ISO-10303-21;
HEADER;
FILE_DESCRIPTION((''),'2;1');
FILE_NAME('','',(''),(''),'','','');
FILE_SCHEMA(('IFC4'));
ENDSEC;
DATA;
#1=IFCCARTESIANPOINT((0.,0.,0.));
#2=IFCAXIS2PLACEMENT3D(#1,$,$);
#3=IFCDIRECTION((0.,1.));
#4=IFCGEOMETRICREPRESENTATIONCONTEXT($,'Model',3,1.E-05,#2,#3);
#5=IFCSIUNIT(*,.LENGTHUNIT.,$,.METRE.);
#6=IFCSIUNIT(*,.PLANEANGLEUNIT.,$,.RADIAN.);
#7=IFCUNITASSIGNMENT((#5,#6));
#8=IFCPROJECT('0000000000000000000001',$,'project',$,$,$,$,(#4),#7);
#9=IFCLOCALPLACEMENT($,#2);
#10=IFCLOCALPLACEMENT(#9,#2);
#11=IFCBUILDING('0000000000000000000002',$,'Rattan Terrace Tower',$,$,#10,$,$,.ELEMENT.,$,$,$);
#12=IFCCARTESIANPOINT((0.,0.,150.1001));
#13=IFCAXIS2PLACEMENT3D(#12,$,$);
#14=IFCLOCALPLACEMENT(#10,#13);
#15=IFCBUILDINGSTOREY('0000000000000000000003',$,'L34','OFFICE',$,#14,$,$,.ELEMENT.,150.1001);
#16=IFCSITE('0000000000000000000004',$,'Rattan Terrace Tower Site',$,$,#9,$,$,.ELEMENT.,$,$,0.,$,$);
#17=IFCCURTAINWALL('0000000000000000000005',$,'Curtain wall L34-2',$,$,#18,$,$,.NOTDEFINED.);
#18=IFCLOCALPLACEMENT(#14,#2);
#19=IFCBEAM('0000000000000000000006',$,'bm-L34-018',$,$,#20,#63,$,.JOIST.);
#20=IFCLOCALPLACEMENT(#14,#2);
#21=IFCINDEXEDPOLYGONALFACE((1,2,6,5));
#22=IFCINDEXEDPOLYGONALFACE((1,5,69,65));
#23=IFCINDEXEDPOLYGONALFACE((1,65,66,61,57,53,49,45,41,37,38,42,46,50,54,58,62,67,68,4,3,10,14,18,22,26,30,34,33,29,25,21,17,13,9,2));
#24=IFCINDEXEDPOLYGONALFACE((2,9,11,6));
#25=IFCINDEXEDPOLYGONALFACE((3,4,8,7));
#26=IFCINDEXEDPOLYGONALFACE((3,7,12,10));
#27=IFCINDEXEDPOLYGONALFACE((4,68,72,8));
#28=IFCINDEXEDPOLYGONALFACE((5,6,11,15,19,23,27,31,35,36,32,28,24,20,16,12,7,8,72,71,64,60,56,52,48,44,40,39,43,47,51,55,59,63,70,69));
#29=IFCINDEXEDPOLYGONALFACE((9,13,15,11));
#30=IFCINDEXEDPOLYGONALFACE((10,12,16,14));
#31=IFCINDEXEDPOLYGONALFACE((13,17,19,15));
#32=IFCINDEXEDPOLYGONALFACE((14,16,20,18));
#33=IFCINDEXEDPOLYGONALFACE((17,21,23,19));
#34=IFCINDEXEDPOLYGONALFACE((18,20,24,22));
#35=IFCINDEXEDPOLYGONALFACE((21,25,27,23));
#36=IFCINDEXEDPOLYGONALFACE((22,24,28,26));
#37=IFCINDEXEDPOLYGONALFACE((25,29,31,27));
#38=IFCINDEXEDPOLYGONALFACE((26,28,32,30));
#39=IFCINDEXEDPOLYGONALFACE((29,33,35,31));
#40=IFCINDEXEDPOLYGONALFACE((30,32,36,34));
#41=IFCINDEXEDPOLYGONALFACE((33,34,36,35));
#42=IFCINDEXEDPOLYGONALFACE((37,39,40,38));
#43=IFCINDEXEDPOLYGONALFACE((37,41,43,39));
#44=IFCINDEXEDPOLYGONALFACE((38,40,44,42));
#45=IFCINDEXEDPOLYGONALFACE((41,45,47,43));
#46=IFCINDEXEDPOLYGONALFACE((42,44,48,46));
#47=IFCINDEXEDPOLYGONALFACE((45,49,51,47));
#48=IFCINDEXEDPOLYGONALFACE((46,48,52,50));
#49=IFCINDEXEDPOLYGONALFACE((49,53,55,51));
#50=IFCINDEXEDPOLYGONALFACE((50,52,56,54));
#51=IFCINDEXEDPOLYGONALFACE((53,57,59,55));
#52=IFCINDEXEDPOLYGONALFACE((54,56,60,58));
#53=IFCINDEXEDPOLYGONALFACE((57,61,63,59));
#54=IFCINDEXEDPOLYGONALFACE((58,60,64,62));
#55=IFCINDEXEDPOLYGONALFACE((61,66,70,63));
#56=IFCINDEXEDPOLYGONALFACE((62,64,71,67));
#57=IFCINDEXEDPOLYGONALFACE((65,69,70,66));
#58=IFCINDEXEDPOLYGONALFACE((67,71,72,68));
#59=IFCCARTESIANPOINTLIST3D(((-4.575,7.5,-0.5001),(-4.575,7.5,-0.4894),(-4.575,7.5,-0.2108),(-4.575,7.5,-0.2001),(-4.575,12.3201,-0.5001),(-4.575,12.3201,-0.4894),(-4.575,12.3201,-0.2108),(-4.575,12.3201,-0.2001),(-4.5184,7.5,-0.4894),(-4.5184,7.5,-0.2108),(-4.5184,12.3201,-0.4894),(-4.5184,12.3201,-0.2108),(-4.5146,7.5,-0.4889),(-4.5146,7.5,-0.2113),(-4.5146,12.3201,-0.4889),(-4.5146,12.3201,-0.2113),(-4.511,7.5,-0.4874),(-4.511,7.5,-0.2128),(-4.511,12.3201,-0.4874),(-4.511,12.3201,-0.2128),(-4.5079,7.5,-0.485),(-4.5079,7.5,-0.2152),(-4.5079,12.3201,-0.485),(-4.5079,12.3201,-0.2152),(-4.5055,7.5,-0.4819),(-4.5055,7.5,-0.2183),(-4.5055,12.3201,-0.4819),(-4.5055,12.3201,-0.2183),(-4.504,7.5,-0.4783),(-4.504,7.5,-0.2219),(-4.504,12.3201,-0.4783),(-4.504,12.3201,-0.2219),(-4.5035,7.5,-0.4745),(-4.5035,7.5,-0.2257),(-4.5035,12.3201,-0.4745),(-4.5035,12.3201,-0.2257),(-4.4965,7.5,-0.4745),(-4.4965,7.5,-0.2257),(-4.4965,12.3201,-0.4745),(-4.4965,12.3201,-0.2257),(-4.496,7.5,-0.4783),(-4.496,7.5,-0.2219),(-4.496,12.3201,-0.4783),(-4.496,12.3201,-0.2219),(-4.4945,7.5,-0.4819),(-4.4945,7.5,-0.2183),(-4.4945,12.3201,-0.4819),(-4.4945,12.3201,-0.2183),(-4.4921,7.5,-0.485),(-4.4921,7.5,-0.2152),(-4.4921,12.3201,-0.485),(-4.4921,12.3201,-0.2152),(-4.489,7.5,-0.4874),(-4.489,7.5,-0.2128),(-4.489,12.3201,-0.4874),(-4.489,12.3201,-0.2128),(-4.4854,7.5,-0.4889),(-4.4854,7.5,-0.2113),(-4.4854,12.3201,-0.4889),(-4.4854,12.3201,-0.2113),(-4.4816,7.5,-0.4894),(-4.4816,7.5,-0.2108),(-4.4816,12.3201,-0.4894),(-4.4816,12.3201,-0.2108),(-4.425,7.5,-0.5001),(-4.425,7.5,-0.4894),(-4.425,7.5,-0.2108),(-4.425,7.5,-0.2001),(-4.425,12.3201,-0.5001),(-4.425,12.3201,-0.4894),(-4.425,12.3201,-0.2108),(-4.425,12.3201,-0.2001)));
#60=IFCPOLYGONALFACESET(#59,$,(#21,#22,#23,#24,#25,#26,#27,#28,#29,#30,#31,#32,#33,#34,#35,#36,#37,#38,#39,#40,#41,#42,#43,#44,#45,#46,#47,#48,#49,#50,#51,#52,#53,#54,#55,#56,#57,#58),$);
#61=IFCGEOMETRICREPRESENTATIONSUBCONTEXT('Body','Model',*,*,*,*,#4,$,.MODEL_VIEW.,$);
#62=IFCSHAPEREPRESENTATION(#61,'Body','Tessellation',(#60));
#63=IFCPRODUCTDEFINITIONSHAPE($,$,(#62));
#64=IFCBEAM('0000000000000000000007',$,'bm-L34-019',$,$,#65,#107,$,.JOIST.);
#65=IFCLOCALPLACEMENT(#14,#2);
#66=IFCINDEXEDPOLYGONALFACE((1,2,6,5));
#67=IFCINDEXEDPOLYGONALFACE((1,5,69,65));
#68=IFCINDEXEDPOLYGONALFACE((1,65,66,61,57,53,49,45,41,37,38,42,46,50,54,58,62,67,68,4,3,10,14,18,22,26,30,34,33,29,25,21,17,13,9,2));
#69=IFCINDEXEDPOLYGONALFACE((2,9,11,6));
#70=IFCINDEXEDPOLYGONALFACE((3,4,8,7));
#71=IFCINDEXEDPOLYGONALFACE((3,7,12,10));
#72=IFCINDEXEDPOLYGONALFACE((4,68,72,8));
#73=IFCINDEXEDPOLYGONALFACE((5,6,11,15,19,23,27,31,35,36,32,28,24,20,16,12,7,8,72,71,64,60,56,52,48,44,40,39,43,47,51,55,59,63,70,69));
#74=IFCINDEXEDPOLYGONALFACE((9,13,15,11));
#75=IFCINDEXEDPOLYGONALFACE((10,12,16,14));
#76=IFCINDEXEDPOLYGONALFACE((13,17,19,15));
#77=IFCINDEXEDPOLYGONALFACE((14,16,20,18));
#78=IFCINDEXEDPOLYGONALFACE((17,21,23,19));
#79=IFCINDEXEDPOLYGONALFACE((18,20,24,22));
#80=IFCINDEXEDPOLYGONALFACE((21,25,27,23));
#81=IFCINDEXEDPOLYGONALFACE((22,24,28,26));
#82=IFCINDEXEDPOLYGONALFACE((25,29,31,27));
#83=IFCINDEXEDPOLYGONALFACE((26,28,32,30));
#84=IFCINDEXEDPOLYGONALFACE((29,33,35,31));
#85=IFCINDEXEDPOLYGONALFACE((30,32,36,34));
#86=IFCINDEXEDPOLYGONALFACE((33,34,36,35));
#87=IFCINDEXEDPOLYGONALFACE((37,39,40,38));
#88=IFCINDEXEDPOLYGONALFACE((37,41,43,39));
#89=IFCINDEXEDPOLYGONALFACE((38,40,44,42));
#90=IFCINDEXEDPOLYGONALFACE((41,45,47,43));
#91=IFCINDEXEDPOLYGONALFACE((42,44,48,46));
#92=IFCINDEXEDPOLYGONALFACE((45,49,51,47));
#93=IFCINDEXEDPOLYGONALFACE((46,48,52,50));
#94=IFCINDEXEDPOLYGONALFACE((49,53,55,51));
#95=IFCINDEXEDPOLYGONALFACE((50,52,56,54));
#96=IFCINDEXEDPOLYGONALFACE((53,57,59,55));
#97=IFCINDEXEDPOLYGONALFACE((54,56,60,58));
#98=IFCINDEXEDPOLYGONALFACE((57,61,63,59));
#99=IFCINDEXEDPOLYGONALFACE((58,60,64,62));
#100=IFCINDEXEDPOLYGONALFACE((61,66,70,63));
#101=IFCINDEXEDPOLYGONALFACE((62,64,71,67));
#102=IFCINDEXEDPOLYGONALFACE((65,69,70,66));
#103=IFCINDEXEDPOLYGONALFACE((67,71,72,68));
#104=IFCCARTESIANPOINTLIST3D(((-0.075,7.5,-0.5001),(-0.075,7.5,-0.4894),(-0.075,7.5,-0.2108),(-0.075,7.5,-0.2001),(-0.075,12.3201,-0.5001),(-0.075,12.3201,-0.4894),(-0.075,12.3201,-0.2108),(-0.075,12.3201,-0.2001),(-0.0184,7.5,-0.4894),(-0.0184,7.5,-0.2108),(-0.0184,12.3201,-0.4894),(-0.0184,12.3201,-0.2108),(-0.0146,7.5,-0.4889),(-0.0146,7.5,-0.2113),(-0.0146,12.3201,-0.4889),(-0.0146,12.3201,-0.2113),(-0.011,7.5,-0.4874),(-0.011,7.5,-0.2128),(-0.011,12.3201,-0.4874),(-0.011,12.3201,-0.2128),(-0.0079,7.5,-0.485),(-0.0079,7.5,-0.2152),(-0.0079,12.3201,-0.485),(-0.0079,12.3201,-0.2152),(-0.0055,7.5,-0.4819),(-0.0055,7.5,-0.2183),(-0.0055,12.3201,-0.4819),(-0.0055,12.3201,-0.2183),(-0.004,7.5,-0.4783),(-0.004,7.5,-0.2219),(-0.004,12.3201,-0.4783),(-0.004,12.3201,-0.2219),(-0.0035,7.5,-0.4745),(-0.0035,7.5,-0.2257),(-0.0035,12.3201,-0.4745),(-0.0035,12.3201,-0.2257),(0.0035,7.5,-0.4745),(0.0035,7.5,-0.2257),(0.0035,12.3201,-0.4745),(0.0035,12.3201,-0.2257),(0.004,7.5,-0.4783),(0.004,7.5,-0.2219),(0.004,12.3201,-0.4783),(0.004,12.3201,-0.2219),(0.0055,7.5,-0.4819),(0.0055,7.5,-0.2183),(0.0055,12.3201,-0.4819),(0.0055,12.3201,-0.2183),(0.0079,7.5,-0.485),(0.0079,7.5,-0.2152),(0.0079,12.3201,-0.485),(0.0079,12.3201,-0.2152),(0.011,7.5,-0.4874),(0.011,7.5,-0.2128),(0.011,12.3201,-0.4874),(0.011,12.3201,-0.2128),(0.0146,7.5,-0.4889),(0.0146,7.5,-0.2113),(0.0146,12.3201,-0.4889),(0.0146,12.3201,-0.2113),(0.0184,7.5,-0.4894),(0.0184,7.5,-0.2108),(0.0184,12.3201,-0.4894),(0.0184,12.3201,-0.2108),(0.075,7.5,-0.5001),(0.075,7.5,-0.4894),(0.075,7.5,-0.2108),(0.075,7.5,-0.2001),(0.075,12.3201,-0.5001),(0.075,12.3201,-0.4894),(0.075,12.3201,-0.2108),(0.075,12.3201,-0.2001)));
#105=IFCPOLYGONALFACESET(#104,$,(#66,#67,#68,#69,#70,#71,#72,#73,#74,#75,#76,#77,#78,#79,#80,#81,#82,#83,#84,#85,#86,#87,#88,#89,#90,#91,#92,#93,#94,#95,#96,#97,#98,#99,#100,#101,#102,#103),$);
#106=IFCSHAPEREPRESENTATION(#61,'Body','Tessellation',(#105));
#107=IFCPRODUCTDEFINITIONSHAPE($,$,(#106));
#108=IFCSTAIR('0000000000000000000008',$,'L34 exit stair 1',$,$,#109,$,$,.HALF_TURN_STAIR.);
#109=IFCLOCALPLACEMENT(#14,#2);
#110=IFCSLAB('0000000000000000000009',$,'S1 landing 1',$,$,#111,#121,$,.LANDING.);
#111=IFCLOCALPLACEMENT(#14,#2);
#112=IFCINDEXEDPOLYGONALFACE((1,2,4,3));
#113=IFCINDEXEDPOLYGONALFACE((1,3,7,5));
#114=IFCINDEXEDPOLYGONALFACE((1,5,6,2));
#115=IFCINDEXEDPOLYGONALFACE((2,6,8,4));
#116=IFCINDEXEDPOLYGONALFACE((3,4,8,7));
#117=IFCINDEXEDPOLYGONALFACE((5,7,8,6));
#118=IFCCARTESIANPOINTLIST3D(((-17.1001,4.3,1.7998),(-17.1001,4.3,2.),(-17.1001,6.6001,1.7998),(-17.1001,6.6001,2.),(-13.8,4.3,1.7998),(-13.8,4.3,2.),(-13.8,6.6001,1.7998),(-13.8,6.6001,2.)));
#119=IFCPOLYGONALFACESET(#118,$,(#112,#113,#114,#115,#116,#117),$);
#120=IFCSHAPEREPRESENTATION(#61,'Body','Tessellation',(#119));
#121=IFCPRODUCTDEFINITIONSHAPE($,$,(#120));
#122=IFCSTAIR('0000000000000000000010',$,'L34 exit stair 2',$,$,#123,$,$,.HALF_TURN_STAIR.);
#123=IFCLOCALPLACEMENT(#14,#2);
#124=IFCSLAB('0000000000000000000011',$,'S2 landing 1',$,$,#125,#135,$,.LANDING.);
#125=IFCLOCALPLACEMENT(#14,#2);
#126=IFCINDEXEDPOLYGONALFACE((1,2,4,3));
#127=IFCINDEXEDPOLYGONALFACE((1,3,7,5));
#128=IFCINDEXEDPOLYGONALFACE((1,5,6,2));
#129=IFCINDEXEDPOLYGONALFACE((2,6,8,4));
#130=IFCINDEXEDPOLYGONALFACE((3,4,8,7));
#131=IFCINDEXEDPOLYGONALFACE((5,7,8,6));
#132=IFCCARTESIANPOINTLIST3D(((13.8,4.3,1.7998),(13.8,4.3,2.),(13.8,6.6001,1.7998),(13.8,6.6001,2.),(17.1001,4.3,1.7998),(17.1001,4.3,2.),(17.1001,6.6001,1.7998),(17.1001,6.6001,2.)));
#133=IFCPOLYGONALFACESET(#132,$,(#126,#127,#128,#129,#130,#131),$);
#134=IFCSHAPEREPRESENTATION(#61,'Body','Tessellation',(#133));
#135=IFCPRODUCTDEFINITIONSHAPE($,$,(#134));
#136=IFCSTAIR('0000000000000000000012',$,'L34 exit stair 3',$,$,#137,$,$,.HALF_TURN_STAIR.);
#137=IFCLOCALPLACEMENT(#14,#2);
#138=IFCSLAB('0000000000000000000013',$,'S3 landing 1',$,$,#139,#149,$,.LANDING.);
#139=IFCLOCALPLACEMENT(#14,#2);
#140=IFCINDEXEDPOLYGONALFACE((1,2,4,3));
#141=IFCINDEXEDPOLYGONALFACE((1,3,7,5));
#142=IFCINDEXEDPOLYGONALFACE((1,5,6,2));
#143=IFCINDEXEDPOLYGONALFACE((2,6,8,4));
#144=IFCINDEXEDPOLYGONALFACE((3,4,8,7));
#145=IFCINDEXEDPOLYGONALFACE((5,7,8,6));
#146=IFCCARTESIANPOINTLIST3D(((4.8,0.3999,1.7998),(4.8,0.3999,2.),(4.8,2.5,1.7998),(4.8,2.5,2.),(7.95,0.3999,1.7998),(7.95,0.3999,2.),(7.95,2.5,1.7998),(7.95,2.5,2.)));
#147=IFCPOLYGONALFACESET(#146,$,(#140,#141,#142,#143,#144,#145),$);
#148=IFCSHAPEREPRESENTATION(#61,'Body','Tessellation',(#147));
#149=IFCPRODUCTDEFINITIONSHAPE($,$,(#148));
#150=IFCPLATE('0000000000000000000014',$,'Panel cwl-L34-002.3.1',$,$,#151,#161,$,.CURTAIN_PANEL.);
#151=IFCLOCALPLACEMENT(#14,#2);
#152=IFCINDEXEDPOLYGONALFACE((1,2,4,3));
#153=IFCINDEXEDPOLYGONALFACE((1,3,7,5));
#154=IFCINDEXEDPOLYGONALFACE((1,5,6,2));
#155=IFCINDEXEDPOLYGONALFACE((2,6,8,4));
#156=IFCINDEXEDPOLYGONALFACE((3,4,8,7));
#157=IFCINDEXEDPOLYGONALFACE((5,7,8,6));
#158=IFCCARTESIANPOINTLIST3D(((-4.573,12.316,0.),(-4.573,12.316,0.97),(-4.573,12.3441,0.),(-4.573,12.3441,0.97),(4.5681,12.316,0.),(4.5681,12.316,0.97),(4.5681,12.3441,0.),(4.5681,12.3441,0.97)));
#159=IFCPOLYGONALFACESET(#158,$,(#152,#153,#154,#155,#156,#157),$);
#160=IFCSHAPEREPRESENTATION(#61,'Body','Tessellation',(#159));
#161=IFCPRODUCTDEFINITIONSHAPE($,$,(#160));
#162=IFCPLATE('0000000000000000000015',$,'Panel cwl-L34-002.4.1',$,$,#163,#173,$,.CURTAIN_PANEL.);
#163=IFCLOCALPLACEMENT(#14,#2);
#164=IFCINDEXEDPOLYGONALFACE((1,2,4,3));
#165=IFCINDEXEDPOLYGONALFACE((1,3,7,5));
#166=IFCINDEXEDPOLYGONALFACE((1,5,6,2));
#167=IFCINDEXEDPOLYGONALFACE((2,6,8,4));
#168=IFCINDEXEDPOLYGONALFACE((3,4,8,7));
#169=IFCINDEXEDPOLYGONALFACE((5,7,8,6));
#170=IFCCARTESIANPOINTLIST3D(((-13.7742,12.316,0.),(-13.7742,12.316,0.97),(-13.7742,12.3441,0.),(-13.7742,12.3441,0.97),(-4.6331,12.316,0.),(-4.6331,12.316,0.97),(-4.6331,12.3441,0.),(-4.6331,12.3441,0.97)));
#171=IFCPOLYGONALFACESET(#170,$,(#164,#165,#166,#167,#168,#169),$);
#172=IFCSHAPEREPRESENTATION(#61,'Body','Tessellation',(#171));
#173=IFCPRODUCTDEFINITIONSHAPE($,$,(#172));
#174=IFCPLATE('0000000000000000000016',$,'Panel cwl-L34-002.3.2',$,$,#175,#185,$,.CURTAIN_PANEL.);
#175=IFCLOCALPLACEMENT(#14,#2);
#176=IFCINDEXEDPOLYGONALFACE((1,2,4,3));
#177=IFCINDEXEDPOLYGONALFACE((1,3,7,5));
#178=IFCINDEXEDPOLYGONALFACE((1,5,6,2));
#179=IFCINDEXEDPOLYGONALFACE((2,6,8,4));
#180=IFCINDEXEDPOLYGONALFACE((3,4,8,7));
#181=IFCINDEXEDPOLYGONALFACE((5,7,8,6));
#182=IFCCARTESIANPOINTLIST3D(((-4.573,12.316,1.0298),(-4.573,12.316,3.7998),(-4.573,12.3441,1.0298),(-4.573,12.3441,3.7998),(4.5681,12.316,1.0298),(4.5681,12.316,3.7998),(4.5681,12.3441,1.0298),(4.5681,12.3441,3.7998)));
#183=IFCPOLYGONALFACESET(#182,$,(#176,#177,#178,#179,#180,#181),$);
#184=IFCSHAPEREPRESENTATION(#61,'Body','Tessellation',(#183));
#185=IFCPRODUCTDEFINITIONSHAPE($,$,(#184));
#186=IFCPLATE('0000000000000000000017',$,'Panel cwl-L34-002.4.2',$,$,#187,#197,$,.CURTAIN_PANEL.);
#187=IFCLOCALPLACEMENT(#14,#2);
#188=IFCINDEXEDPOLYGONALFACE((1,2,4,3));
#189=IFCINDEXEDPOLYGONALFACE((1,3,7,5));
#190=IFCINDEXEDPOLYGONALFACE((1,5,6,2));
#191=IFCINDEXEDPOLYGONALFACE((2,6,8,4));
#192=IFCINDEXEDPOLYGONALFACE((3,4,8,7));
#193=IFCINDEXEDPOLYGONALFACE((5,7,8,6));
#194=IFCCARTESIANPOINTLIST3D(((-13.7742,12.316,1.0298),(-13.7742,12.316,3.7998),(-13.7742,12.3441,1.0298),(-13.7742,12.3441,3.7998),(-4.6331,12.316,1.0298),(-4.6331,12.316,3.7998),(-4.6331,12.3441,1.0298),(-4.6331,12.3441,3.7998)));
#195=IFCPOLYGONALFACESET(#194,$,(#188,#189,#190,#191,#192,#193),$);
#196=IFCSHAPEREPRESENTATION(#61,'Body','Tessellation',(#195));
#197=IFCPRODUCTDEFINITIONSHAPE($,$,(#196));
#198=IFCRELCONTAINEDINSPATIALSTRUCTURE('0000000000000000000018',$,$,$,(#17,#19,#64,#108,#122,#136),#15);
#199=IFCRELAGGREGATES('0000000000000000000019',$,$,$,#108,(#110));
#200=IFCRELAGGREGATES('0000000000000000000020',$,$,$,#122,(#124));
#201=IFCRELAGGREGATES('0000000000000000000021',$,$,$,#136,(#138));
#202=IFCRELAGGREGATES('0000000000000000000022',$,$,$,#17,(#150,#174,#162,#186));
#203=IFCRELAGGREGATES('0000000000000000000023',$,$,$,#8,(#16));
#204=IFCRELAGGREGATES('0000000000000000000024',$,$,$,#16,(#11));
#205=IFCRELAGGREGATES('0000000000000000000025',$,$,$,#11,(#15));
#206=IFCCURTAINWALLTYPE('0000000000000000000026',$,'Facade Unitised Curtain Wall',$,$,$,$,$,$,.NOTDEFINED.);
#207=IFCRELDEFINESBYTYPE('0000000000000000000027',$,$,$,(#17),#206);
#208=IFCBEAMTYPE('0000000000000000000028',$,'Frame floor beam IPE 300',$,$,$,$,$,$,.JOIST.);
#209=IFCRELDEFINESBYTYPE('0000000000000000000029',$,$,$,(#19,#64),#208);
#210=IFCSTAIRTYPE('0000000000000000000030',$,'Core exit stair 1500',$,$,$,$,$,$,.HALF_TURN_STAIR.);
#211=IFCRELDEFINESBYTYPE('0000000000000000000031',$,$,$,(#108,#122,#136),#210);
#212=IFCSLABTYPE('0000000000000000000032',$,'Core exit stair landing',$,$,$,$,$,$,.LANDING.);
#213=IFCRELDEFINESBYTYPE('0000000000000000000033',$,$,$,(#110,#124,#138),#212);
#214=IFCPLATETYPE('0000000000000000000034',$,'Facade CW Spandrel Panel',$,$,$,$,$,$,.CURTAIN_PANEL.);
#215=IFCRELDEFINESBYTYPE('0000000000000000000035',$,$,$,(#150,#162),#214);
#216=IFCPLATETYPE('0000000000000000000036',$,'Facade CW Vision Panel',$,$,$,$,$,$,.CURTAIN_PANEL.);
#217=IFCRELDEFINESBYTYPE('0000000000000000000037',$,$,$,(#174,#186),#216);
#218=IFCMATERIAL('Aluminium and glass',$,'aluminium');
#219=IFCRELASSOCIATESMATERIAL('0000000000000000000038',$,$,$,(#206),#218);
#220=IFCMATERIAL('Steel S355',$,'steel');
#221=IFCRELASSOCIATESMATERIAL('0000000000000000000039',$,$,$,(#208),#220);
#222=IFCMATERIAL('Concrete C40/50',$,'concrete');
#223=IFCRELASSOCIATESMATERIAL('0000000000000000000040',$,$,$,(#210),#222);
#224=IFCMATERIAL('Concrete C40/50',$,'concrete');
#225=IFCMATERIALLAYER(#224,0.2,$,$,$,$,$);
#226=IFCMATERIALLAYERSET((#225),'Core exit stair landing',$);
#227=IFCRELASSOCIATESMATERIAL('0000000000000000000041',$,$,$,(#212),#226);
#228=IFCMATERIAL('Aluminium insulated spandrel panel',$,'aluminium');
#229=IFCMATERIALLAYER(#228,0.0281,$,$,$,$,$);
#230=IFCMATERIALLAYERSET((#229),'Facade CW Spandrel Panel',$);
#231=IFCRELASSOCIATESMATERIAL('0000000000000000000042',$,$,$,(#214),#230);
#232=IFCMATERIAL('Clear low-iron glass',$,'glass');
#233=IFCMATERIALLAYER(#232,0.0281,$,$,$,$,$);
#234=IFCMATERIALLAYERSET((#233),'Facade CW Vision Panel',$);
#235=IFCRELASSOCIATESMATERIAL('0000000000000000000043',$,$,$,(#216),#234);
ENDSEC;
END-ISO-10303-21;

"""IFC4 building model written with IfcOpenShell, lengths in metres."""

from ifc_helpers import new_model, si_unit, direction, frame, origin, origin_2d, place, context, subcontext, project, spatial, polyline, rectangle, i_section, outline, extrude, material, layer, layer_set, material_profile, profile_set, type_object, element, aggregate, save


model = new_model("IFC4")

# Units and contexts
model_context = context("Model", 3, precision=1e-05, world=origin(), true_north=direction((0.0, 1.0)))
body_context = subcontext(model_context, "Body", "Model", "MODEL_VIEW")
ifc_project = project(units=[si_unit("LENGTHUNIT", "METRE"), si_unit("PLANEANGLEUNIT", "RADIAN")], contexts=[model_context])

# Site, building, storey
site_placement = place(None, origin())
site = spatial("IfcSite", under=ifc_project, at=site_placement, Name="Rattan Terrace Tower Site", CompositionType="ELEMENT", RefElevation=0.0)
building_placement = place(site_placement, origin())
building = spatial("IfcBuilding", under=site, at=building_placement, Name="Rattan Terrace Tower", CompositionType="ELEMENT")
storey_placement = place(building_placement, frame((0.0, 0.0, 150.1001)))
storey = spatial("IfcBuildingStorey", under=building, at=storey_placement, Name="L34", Description="OFFICE", CompositionType="ELEMENT", Elevation=150.1001)

# Curtain wall
ifc_material_1 = material(Name="Aluminium and glass", Category="aluminium")
curtain_wall_type = type_object("IfcCurtainWallType", Name="Facade Unitised Curtain Wall", PredefinedType="NOTDEFINED", material=ifc_material_1)
curtain_wall_placement = place(storey_placement, origin())
curtain_wall = element("IfcCurtainWall", 1, at=curtain_wall_placement, inside=storey, type_object=curtain_wall_type, Name="Curtain wall L34-2", PredefinedType="NOTDEFINED")

# Beams
ifc_material_2 = material(Name="Steel S355", Category="steel")
ifc_material_profile_1 = material_profile(ifc_material_2, i_section(OverallWidth=0.1499, OverallDepth=0.3, WebThickness=0.0071, FlangeThickness=0.0107, FilletRadius=0.0149, at=origin_2d()), Name="IPE 300")
ifc_profile_set_1 = profile_set([ifc_material_profile_1], Name="Steel S355")
beam_type = type_object("IfcBeamType", Name="Frame floor beam IPE 300", PredefinedType="JOIST", material=ifc_profile_set_1)
for number, where, z_axis, x_axis, name in (
    (2, (-4.5, 7.5, -0.3501), (0.0, 1.0, 0.0), (-1.0, 0.0, 0.0), "bm-L34-018"),
    (3, (0.0, 7.5, -0.3501), (0.0, 1.0, 0.0), (-1.0, 0.0, 0.0), "bm-L34-019"),
):
    element("IfcBeam", number, at=place(storey_placement, frame(where, z_axis=z_axis, x_axis=x_axis)), inside=storey, type_object=beam_type, Name=name, PredefinedType="JOIST", context=body_context, shape_type="SweptSolid", body=[
        extrude(i_section(OverallWidth=0.1499, OverallDepth=0.3, WebThickness=0.0071, FlangeThickness=0.0107, FilletRadius=0.0149, at=origin_2d()), origin(), (0.0, 0.0, 1.0), 4.8201),
    ])

# Stairs, slabs
ifc_material_3 = material(Name="Concrete C40/50", Category="concrete")
stair_type = type_object("IfcStairType", Name="Core exit stair 1500", PredefinedType="HALF_TURN_STAIR", material=ifc_material_3)
stair_1_placement = place(storey_placement, origin())
stair_1 = element("IfcStair", 4, at=stair_1_placement, inside=storey, type_object=stair_type, Name="L34 exit stair 1", PredefinedType="HALF_TURN_STAIR")
ifc_material_4 = material(Name="Concrete C40/50", Category="concrete")
ifc_layer_1 = layer(ifc_material_4, 0.2)
ifc_layer_set_1 = layer_set([ifc_layer_1], Name="Core exit stair landing")
slab_type_1 = type_object("IfcSlabType", Name="Core exit stair landing", PredefinedType="LANDING", material=ifc_layer_set_1)
slab_1_placement = place(storey_placement, frame((0.0, 0.0, 1.7998)))
slab_1 = element("IfcSlab", 5, at=slab_1_placement, type_object=slab_type_1, Name="S1 landing 1", PredefinedType="LANDING", context=body_context, shape_type="SweptSolid", body=[
    extrude(outline(polyline([(-13.8, 4.3), (-13.8, 6.6001), (-17.1001, 6.6001), (-17.1001, 4.3), (-13.8, 4.3)])), origin(), (0.0, 0.0, 1.0), 0.2002),
])
aggregate(stair_1, [slab_1])
stair_2_placement = place(storey_placement, origin())
stair_2 = element("IfcStair", 6, at=stair_2_placement, inside=storey, type_object=stair_type, Name="L34 exit stair 2", PredefinedType="HALF_TURN_STAIR")
slab_2_placement = place(storey_placement, frame((0.0, 0.0, 1.7998)))
slab_2 = element("IfcSlab", 7, at=slab_2_placement, type_object=slab_type_1, Name="S2 landing 1", PredefinedType="LANDING", context=body_context, shape_type="SweptSolid", body=[
    extrude(outline(polyline([(17.1001, 4.3), (17.1001, 6.6001), (13.8, 6.6001), (13.8, 4.3), (17.1001, 4.3)])), origin(), (0.0, 0.0, 1.0), 0.2002),
])
aggregate(stair_2, [slab_2])
stair_3_placement = place(storey_placement, origin())
stair_3 = element("IfcStair", 8, at=stair_3_placement, inside=storey, type_object=stair_type, Name="L34 exit stair 3", PredefinedType="HALF_TURN_STAIR")
slab_3_placement = place(storey_placement, frame((0.0, 0.0, 1.7998)))
slab_3 = element("IfcSlab", 9, at=slab_3_placement, type_object=slab_type_1, Name="S3 landing 1", PredefinedType="LANDING", context=body_context, shape_type="SweptSolid", body=[
    extrude(outline(polyline([(4.8, 2.5), (4.8, 0.3999), (7.95, 0.3999), (7.95, 2.5), (4.8, 2.5)])), origin(), (0.0, 0.0, 1.0), 0.2002),
])
aggregate(stair_3, [slab_3])

# Plates
ifc_material_5 = material(Name="Aluminium insulated spandrel panel", Category="aluminium")
ifc_layer_2 = layer(ifc_material_5, 0.0281)
ifc_layer_set_2 = layer_set([ifc_layer_2], Name="Facade CW Spandrel Panel")
plate_type_1 = type_object("IfcPlateType", Name="Facade CW Spandrel Panel", PredefinedType="CURTAIN_PANEL", material=ifc_layer_set_2)
plate_1_placement = place(storey_placement, frame((-0.0024, 12.3301, 0.0), z_axis=(0.0, 0.0, 1.0), x_axis=(-1.0, 0.0, 0.0)))
plate_1 = element("IfcPlate", 10, at=plate_1_placement, type_object=plate_type_1, Name="Panel cwl-L34-002.3.1", PredefinedType="CURTAIN_PANEL", context=body_context, shape_type="SweptSolid", body=[
    extrude(rectangle(XDim=9.1411, YDim=0.0281, at=origin_2d()), origin(), (0.0, 0.0, 1.0), 0.97),
])
plate_2_placement = place(storey_placement, frame((-9.2036, 12.3301, 0.0), z_axis=(0.0, 0.0, 1.0), x_axis=(-1.0, 0.0, 0.0)))
plate_2 = element("IfcPlate", 11, at=plate_2_placement, type_object=plate_type_1, Name="Panel cwl-L34-002.4.1", PredefinedType="CURTAIN_PANEL", context=body_context, shape_type="SweptSolid", body=[
    extrude(rectangle(XDim=9.1411, YDim=0.0281, at=origin_2d()), origin(), (0.0, 0.0, 1.0), 0.97),
])
ifc_material_6 = material(Name="Clear low-iron glass", Category="glass")
ifc_layer_3 = layer(ifc_material_6, 0.0281)
ifc_layer_set_3 = layer_set([ifc_layer_3], Name="Facade CW Vision Panel")
plate_type_2 = type_object("IfcPlateType", Name="Facade CW Vision Panel", PredefinedType="CURTAIN_PANEL", material=ifc_layer_set_3)
plate_3_placement = place(storey_placement, frame((-0.0024, 12.3301, 1.0298), z_axis=(0.0, 0.0, 1.0), x_axis=(-1.0, 0.0, 0.0)))
plate_3 = element("IfcPlate", 12, at=plate_3_placement, type_object=plate_type_2, Name="Panel cwl-L34-002.3.2", PredefinedType="CURTAIN_PANEL", context=body_context, shape_type="SweptSolid", body=[
    extrude(rectangle(XDim=9.1411, YDim=0.0281, at=origin_2d()), origin(), (0.0, 0.0, 1.0), 2.77),
])
plate_4_placement = place(storey_placement, frame((-9.2036, 12.3301, 1.0298), z_axis=(0.0, 0.0, 1.0), x_axis=(-1.0, 0.0, 0.0)))
plate_4 = element("IfcPlate", 13, at=plate_4_placement, type_object=plate_type_2, Name="Panel cwl-L34-002.4.2", PredefinedType="CURTAIN_PANEL", context=body_context, shape_type="SweptSolid", body=[
    extrude(rectangle(XDim=9.1411, YDim=0.0281, at=origin_2d()), origin(), (0.0, 0.0, 1.0), 2.77),
])
aggregate(curtain_wall, [plate_1, plate_3, plate_2, plate_4])

save(model, "model.ifc")
